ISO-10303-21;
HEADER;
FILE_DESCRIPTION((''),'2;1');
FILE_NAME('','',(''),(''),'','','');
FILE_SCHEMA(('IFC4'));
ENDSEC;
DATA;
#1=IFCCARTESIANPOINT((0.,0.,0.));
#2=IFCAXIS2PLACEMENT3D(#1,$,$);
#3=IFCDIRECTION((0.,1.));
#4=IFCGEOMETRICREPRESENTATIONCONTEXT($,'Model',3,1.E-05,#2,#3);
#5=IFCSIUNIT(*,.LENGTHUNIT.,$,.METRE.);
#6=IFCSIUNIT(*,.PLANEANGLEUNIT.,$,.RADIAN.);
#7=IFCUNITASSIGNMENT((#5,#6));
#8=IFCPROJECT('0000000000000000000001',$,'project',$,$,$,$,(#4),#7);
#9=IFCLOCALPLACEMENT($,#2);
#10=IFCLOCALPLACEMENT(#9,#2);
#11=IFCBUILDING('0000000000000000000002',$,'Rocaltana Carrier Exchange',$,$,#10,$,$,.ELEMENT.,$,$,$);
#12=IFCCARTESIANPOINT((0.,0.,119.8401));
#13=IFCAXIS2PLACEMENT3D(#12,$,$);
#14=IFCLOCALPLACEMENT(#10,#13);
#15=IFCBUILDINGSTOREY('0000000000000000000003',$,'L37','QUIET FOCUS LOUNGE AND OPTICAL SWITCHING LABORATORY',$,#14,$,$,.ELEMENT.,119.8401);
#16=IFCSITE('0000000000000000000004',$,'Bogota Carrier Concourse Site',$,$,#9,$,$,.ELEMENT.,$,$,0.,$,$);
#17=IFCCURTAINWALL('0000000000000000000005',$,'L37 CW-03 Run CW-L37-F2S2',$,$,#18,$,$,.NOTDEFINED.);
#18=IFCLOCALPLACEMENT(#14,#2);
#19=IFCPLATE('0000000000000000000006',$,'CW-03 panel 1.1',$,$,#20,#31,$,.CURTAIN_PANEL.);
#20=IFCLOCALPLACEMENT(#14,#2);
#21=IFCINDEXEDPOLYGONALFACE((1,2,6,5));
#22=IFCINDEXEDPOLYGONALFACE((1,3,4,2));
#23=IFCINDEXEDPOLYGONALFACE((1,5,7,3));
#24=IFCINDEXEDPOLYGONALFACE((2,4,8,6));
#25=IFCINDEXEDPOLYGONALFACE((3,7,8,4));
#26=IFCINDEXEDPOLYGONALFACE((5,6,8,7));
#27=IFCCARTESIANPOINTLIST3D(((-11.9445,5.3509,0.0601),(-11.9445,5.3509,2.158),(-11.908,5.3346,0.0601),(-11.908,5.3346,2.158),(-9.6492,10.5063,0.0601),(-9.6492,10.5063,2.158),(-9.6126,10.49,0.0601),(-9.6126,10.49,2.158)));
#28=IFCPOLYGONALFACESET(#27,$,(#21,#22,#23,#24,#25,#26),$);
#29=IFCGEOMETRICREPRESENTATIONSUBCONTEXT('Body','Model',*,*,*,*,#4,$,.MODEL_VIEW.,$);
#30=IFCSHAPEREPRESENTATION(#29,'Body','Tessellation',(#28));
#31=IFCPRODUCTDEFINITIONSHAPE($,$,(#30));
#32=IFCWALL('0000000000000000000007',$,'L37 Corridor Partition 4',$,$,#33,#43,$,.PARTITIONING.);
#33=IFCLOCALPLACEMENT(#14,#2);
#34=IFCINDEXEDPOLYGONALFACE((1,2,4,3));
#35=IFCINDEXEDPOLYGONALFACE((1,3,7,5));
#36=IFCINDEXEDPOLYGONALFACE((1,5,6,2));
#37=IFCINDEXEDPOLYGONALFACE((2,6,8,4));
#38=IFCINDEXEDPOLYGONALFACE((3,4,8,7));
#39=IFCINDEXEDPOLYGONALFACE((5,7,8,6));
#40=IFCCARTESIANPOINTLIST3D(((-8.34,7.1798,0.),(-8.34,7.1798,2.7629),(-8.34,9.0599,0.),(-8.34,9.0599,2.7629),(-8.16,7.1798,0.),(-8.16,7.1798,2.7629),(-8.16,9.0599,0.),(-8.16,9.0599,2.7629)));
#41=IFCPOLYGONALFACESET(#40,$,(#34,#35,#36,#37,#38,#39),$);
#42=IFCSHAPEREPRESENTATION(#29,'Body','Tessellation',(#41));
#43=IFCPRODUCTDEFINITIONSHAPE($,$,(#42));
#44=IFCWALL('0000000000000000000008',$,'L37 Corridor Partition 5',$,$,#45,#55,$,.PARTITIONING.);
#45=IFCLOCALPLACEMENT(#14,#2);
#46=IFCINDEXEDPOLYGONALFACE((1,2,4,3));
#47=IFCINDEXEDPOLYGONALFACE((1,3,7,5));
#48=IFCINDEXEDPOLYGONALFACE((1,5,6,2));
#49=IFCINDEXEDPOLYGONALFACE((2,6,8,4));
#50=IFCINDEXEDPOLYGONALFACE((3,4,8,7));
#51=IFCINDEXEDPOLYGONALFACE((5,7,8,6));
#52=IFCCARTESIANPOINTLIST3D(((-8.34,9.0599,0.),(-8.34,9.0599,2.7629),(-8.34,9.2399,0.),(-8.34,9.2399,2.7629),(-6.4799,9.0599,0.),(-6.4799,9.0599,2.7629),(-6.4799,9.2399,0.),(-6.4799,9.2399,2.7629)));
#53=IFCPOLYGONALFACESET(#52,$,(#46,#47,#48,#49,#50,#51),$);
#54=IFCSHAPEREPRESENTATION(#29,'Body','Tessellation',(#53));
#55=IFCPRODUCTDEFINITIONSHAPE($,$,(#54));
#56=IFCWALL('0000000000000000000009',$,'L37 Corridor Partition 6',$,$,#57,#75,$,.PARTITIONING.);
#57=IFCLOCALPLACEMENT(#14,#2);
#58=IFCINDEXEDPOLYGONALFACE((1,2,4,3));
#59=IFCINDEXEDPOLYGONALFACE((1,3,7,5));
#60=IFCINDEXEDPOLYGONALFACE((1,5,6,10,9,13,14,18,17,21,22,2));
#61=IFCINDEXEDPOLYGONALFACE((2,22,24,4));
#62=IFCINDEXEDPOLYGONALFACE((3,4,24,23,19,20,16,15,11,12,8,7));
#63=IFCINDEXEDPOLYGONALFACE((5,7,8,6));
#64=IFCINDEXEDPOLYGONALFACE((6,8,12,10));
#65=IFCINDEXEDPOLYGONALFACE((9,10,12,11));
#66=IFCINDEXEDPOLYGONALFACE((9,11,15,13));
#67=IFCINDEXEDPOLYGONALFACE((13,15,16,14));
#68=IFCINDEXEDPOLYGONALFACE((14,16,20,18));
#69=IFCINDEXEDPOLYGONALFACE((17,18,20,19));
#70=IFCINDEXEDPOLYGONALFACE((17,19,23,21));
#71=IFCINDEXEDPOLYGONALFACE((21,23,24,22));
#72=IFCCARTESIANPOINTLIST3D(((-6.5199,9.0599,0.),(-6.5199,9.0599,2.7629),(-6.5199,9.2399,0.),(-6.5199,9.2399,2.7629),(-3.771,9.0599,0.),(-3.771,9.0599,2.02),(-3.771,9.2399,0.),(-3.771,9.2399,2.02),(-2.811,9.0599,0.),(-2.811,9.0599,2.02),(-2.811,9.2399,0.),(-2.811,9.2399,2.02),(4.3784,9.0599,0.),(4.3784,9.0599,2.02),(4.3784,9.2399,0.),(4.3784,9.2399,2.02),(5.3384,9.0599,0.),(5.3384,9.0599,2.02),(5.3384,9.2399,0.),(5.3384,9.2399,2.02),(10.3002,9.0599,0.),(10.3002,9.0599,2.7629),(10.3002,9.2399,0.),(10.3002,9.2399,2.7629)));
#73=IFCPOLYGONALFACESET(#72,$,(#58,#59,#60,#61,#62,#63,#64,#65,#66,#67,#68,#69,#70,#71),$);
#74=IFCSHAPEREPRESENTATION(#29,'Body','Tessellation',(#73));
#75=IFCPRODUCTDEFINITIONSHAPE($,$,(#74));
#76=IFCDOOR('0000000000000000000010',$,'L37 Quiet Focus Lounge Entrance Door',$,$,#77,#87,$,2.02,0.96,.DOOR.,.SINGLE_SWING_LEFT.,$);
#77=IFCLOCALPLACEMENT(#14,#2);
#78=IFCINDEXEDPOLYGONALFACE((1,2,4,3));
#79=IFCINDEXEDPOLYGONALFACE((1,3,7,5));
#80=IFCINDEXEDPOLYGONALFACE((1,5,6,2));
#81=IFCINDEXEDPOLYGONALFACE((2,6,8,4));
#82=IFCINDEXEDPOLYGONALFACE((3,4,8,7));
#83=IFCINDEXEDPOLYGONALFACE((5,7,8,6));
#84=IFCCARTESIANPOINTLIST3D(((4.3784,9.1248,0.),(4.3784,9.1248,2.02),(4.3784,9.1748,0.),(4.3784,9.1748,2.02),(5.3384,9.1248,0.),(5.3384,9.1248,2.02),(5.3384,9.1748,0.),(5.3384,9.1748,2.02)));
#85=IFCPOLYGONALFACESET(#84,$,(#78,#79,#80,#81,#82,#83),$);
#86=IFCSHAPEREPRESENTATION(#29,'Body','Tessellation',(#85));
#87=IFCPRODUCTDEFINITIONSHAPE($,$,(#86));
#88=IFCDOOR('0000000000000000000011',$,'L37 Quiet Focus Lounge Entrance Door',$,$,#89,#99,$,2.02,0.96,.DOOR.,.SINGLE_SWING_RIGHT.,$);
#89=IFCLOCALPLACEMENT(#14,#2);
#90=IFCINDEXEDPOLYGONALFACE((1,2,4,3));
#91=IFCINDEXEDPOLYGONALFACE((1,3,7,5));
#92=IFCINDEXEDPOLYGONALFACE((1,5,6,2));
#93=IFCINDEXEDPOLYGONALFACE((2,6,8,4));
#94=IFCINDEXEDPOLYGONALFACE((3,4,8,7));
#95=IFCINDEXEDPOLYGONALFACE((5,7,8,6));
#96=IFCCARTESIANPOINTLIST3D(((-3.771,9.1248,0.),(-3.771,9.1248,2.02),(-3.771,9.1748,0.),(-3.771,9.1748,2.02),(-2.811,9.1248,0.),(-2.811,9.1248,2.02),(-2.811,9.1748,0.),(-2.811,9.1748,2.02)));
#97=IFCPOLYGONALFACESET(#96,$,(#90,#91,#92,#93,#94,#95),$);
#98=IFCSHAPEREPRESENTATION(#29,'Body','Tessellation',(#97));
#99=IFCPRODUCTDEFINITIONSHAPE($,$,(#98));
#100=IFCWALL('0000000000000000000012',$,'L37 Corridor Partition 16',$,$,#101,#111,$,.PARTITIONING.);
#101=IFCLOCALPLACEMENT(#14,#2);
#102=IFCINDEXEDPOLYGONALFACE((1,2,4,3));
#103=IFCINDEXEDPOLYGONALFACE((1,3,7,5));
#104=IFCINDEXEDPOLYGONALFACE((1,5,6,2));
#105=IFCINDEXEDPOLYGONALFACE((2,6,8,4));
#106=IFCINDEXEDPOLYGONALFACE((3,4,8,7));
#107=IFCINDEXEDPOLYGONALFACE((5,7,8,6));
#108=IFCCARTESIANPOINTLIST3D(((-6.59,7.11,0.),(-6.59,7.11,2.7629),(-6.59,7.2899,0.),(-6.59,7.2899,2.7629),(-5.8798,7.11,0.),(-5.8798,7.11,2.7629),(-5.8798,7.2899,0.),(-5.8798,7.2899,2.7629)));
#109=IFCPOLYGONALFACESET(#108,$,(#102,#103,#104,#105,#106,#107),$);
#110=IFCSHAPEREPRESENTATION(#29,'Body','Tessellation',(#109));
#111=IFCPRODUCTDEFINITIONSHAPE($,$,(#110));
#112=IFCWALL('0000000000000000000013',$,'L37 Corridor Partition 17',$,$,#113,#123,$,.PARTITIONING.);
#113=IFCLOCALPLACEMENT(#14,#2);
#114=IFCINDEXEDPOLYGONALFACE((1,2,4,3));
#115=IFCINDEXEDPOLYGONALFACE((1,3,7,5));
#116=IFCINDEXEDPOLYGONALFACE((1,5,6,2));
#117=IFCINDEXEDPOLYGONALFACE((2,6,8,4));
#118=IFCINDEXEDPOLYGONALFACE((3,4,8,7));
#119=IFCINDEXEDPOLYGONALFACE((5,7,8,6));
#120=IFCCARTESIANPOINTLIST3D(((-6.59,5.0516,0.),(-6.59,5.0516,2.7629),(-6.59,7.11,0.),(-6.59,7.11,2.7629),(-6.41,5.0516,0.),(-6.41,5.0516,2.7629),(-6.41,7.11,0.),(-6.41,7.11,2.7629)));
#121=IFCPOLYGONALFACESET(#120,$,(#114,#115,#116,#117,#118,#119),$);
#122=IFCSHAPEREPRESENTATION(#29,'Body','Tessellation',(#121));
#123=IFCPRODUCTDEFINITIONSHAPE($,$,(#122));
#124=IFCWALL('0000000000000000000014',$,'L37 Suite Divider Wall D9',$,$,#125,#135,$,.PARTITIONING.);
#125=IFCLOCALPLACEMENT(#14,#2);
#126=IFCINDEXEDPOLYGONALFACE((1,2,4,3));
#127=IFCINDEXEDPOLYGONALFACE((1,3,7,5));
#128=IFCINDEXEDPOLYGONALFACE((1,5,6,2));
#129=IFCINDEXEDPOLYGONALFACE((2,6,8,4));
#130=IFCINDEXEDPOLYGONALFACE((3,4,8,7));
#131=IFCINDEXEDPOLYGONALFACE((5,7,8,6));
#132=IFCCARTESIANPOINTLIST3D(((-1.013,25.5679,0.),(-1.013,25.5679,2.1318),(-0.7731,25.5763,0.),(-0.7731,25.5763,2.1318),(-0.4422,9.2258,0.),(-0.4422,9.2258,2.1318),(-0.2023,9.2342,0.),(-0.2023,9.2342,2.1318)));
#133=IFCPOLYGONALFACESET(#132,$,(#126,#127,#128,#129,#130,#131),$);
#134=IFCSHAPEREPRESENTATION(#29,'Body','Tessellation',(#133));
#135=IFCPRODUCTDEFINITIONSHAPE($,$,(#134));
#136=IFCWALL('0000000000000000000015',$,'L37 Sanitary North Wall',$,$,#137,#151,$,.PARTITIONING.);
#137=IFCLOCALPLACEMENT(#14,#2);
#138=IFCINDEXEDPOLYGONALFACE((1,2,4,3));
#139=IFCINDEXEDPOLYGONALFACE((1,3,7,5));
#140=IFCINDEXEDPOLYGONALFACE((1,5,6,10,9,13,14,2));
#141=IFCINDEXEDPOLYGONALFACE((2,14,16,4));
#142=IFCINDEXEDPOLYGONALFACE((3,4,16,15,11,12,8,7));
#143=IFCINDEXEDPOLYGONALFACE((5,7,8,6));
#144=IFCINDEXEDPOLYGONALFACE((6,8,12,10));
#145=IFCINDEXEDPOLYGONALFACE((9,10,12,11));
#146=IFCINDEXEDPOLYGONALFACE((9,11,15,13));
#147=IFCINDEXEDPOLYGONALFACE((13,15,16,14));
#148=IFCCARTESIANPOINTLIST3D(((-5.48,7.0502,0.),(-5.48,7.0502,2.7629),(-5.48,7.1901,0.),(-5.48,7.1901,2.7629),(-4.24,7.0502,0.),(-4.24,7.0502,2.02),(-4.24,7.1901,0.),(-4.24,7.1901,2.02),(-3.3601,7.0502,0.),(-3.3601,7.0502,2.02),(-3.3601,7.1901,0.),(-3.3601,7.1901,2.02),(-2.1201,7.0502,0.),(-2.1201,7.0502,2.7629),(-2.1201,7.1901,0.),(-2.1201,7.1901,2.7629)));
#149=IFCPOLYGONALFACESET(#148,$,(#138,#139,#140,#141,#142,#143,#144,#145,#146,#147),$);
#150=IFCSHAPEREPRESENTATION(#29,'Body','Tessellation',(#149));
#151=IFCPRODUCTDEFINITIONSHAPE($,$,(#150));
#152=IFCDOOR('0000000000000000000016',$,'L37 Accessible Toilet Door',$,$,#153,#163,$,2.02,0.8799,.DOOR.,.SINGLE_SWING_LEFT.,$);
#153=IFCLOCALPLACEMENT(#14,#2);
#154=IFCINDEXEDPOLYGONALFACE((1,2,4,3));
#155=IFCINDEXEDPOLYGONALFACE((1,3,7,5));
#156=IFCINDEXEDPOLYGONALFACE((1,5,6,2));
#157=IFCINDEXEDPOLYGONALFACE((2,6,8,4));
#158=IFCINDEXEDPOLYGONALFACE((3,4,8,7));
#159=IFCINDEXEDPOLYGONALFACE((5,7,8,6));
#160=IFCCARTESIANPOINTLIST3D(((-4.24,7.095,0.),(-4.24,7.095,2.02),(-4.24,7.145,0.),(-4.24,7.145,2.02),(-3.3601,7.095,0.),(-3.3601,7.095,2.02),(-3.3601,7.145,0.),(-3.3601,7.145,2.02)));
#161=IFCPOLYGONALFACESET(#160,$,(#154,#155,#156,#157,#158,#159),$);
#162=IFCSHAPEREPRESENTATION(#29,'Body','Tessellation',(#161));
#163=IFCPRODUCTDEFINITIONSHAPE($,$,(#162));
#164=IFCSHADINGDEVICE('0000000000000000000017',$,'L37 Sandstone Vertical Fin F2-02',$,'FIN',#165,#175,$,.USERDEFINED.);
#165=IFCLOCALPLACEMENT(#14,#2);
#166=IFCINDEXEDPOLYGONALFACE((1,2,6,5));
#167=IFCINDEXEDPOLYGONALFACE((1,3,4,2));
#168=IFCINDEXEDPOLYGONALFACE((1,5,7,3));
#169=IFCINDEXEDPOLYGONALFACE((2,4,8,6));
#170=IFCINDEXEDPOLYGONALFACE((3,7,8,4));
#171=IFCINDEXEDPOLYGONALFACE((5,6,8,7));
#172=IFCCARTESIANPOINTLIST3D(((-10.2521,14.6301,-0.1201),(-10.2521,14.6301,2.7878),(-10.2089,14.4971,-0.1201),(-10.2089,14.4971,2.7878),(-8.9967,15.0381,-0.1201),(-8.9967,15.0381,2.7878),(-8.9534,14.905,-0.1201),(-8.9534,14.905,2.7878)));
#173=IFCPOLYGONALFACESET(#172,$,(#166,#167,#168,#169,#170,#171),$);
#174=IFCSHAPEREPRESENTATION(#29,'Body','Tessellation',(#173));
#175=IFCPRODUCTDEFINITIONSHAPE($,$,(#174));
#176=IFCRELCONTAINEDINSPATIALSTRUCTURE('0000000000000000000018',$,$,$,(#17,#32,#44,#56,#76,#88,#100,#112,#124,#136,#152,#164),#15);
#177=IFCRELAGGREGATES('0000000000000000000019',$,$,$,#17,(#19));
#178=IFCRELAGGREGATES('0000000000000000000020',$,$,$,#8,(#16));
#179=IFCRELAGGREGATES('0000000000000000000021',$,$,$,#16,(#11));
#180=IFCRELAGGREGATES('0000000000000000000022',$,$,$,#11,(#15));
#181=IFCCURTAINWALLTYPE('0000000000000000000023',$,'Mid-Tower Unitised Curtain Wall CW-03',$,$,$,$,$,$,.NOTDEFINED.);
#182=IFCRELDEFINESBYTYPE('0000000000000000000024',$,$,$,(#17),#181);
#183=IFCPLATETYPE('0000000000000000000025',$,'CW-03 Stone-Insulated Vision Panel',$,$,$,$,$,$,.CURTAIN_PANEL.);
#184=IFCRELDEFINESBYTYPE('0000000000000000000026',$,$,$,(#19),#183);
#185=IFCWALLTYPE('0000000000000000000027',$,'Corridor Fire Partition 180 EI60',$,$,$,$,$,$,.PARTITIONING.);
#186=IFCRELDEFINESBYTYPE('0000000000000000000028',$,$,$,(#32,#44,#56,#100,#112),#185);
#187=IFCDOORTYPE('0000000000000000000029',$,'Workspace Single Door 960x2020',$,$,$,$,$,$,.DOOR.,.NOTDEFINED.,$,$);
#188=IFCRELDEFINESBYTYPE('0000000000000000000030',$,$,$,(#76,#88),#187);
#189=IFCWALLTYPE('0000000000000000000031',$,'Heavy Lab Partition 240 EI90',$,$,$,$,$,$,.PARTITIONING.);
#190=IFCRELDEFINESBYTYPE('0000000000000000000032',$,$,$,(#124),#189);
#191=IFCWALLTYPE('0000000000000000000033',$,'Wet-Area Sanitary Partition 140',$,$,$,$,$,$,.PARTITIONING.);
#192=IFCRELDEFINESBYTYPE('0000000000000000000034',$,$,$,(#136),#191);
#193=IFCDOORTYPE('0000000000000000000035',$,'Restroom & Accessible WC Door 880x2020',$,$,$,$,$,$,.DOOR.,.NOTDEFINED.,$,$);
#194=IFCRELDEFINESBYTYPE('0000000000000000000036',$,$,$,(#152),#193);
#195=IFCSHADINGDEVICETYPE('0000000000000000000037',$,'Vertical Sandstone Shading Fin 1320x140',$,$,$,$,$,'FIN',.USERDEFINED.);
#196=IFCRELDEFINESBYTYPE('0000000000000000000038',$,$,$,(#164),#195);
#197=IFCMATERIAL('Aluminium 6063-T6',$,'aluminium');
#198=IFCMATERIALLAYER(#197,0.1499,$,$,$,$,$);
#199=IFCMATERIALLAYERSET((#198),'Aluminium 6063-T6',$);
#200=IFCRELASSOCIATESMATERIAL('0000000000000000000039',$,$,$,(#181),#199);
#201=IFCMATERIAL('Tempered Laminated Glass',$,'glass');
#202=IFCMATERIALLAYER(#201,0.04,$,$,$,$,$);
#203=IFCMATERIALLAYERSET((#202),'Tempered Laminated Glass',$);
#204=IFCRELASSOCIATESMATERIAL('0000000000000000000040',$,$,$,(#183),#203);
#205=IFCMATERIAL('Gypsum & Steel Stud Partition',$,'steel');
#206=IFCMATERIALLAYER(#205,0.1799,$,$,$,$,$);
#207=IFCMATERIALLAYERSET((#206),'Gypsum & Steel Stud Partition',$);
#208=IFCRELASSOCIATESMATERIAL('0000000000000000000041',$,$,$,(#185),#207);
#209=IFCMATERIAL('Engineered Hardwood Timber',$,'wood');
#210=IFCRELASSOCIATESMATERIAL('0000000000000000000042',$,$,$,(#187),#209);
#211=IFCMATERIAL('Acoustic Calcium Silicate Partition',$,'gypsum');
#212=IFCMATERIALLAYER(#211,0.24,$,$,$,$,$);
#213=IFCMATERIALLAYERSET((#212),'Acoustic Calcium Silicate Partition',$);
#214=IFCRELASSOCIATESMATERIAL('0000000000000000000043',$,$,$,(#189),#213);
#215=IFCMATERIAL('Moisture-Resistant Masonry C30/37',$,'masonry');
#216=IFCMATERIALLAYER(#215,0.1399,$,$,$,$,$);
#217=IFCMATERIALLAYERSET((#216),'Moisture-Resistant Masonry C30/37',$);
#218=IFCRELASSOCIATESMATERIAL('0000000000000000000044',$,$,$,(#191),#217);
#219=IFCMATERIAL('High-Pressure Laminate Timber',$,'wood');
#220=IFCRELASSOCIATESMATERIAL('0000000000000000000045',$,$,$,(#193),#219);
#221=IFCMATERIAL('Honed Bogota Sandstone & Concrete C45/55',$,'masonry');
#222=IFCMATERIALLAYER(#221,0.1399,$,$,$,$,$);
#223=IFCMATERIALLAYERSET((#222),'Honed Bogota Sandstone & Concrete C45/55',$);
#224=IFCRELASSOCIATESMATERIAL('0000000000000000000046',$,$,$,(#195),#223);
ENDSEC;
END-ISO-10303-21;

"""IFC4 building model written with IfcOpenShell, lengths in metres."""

from ifc_helpers import new_model, si_unit, direction, frame, frame_2d, origin, origin_2d, place, context, subcontext, project, spatial, rectangle, extrude, material, layer, layer_set, type_object, element, fill, aggregate, save


model = new_model("IFC4")

# Units and contexts
model_context = context("Model", 3, precision=1e-05, world=origin(), true_north=direction((0.0, 1.0)))
body_context = subcontext(model_context, "Body", "Model", "MODEL_VIEW")
ifc_project = project(units=[si_unit("LENGTHUNIT", "METRE"), si_unit("PLANEANGLEUNIT", "RADIAN")], contexts=[model_context])

# Site, building, storey
site_placement = place(None, origin())
site = spatial("IfcSite", under=ifc_project, at=site_placement, Name="Bogota Carrier Concourse Site", CompositionType="ELEMENT", RefElevation=0.0)
building_placement = place(site_placement, origin())
building = spatial("IfcBuilding", under=site, at=building_placement, Name="Rocaltana Carrier Exchange", CompositionType="ELEMENT")
storey_placement = place(building_placement, frame((0.0, 0.0, 119.8401)))
storey = spatial("IfcBuildingStorey", under=building, at=storey_placement, Name="L37", Description="QUIET FOCUS LOUNGE AND OPTICAL SWITCHING LABORATORY", CompositionType="ELEMENT", Elevation=119.8401)

# Shared definitions
ifc_material_1 = material(Name="Aluminium 6063-T6", Category="aluminium")
ifc_layer_1 = layer(ifc_material_1, 0.1499)
ifc_layer_set_1 = layer_set([ifc_layer_1], Name="Aluminium 6063-T6")
curtain_wall_type = type_object("IfcCurtainWallType", Name="Mid-Tower Unitised Curtain Wall CW-03", PredefinedType="NOTDEFINED", material=ifc_layer_set_1)

# Curtain wall
curtain_wall_1_placement = place(storey_placement, origin())
curtain_wall_1 = element("IfcCurtainWall", 1, at=curtain_wall_1_placement, inside=storey, type_object=curtain_wall_type, Name="L37 CW-03 Run CW-L37-F2S2", PredefinedType="NOTDEFINED")

# Plate
ifc_material_2 = material(Name="Tempered Laminated Glass", Category="glass")
ifc_layer_2 = layer(ifc_material_2, 0.04)
ifc_layer_set_2 = layer_set([ifc_layer_2], Name="Tempered Laminated Glass")
plate_type = type_object("IfcPlateType", Name="CW-03 Stone-Insulated Vision Panel", PredefinedType="CURTAIN_PANEL", material=ifc_layer_set_2)
plate_placement = place(storey_placement, frame((-10.7786, 7.9204, 0.0601), z_axis=(0.0, 0.0, 1.0), x_axis=(-0.406744, -0.913542, 0.0)))
plate = element("IfcPlate", 2, at=plate_placement, type_object=plate_type, Name="CW-03 panel 1.1", PredefinedType="CURTAIN_PANEL", context=body_context, shape_type="SweptSolid", body=[
    extrude(rectangle(XDim=5.6433, YDim=0.04, at=origin_2d()), origin(), (0.0, 0.0, 1.0), 2.0979),
])
aggregate(curtain_wall_1, [plate])

# Walls
ifc_material_3 = material(Name="Gypsum & Steel Stud Partition", Category="steel")
ifc_layer_3 = layer(ifc_material_3, 0.1799)
ifc_layer_set_3 = layer_set([ifc_layer_3], Name="Gypsum & Steel Stud Partition")
wall_type_1 = type_object("IfcWallType", Name="Corridor Fire Partition 180 EI60", PredefinedType="PARTITIONING", material=ifc_layer_set_3)
wall_1_placement = place(storey_placement, frame((-8.25, 7.1799, 0.0), z_axis=(0.0, 0.0, 1.0), x_axis=(0.0, 1.0, 0.0)))
element("IfcWall", 3, at=wall_1_placement, inside=storey, type_object=wall_type_1, Name="L37 Corridor Partition 4", PredefinedType="PARTITIONING", context=body_context, shape_type="SweptSolid", body=[
    extrude(rectangle(XDim=1.8801, YDim=0.1799, at=frame_2d((0.9399, 0.0))), origin(), (0.0, 0.0, 1.0), 2.7629),
])
wall_2_placement = place(storey_placement, frame((-8.3401, 9.1499, 0.0), z_axis=(0.0, 0.0, 1.0), x_axis=(1.0, 0.0, 0.0)))
element("IfcWall", 4, at=wall_2_placement, inside=storey, type_object=wall_type_1, Name="L37 Corridor Partition 5", PredefinedType="PARTITIONING", context=body_context, shape_type="SweptSolid", body=[
    extrude(rectangle(XDim=1.8601, YDim=0.1799, at=frame_2d((0.9302, 0.0))), origin(), (0.0, 0.0, 1.0), 2.7629),
])

# Wall, openings, doors
wall_3_placement = place(storey_placement, frame((-6.52, 9.1499, 0.0), z_axis=(0.0, 0.0, 1.0), x_axis=(1.0, 0.0, 0.0)))
wall_3 = element("IfcWall", 5, at=wall_3_placement, inside=storey, type_object=wall_type_1, Name="L37 Corridor Partition 6", PredefinedType="PARTITIONING", context=body_context, shape_type="SweptSolid", body=[
    extrude(rectangle(XDim=16.8201, YDim=0.1799, at=frame_2d((8.4102, 0.0))), origin(), (0.0, 0.0, 1.0), 2.7629),
])
opening_1_placement = place(wall_3_placement, frame((10.8984, 0.0, 0.0)))
opening_1 = element("IfcOpeningElement", 6, at=opening_1_placement, cuts=wall_3, PredefinedType="OPENING", context=body_context, shape_type="SweptSolid", body=[
    extrude(rectangle(XDim=0.96, YDim=2.02, at=frame_2d((0.48, 1.01))), frame((0.0, 0.0999, 0.0), z_axis=(0.0, -1.0, 0.0), x_axis=(1.0, 0.0, 0.0)), (0.0, 0.0, 1.0), 0.2),
])
opening_2_placement = place(wall_3_placement, frame((2.749, 0.0, 0.0)))
opening_2 = element("IfcOpeningElement", 7, at=opening_2_placement, cuts=wall_3, PredefinedType="OPENING", context=body_context, shape_type="SweptSolid", body=[
    extrude(rectangle(XDim=0.96, YDim=2.02, at=frame_2d((0.48, 1.01))), frame((0.0, 0.0999, 0.0), z_axis=(0.0, -1.0, 0.0), x_axis=(1.0, 0.0, 0.0)), (0.0, 0.0, 1.0), 0.2),
])
ifc_material_4 = material(Name="Engineered Hardwood Timber", Category="wood")
door_type_1 = type_object("IfcDoorType", Name="Workspace Single Door 960x2020", OperationType="NOTDEFINED", PredefinedType="DOOR", material=ifc_material_4)
door_1_placement = place(opening_1_placement, origin())
door_1 = element("IfcDoor", 8, at=door_1_placement, inside=storey, type_object=door_type_1, Name="L37 Quiet Focus Lounge Entrance Door", OperationType="SINGLE_SWING_LEFT", OverallHeight=2.02, OverallWidth=0.96, PredefinedType="DOOR", context=body_context, shape_type="SweptSolid", body=[
    extrude(rectangle(XDim=0.96, YDim=2.02, at=frame_2d((0.48, 1.01))), frame((0.0, 0.0249, 0.0), z_axis=(0.0, -1.0, 0.0), x_axis=(1.0, 0.0, 0.0)), (0.0, 0.0, 1.0), 0.05),
])
fill(opening_1, door_1)
door_2_placement = place(opening_2_placement, origin())
door_2 = element("IfcDoor", 9, at=door_2_placement, inside=storey, type_object=door_type_1, Name="L37 Quiet Focus Lounge Entrance Door", OperationType="SINGLE_SWING_RIGHT", OverallHeight=2.02, OverallWidth=0.96, PredefinedType="DOOR", context=body_context, shape_type="SweptSolid", body=[
    extrude(rectangle(XDim=0.96, YDim=2.02, at=frame_2d((0.48, 1.01))), frame((0.0, 0.0249, 0.0), z_axis=(0.0, -1.0, 0.0), x_axis=(1.0, 0.0, 0.0)), (0.0, 0.0, 1.0), 0.05),
])
fill(opening_2, door_2)

# Walls
wall_4_placement = place(storey_placement, frame((-5.8799, 7.2, 0.0), z_axis=(0.0, 0.0, 1.0), x_axis=(-1.0, 0.0, 0.0)))
element("IfcWall", 10, at=wall_4_placement, inside=storey, type_object=wall_type_1, Name="L37 Corridor Partition 16", PredefinedType="PARTITIONING", context=body_context, shape_type="SweptSolid", body=[
    extrude(rectangle(XDim=0.7102, YDim=0.1799, at=frame_2d((0.355, 0.0))), origin(), (0.0, 0.0, 1.0), 2.7629),
])
wall_5_placement = place(storey_placement, frame((-6.5, 7.1101, 0.0), z_axis=(0.0, 0.0, 1.0), x_axis=(0.0, -1.0, 0.0)))
element("IfcWall", 11, at=wall_5_placement, inside=storey, type_object=wall_type_1, Name="L37 Corridor Partition 17", PredefinedType="PARTITIONING", context=body_context, shape_type="SweptSolid", body=[
    extrude(rectangle(XDim=2.0583, YDim=0.1799, at=frame_2d((1.0293, 0.0))), origin(), (0.0, 0.0, 1.0), 2.7629),
])
ifc_material_5 = material(Name="Acoustic Calcium Silicate Partition", Category="gypsum")
ifc_layer_4 = layer(ifc_material_5, 0.24)
ifc_layer_set_4 = layer_set([ifc_layer_4], Name="Acoustic Calcium Silicate Partition")
wall_type_2 = type_object("IfcWallType", Name="Heavy Lab Partition 240 EI90", PredefinedType="PARTITIONING", material=ifc_layer_set_4)
wall_6_placement = place(storey_placement, frame((-0.3223, 9.23, 0.0), z_axis=(0.0, 0.0, 1.0), x_axis=(-0.034907, 0.999391, 0.0)))
element("IfcWall", 12, at=wall_6_placement, inside=storey, type_object=wall_type_2, Name="L37 Suite Divider Wall D9", PredefinedType="PARTITIONING", context=body_context, shape_type="SweptSolid", body=[
    extrude(rectangle(XDim=16.3521, YDim=0.24, at=frame_2d((8.176, 0.0))), origin(), (0.0, 0.0, 1.0), 2.1318),
])

# Wall, opening, door
ifc_material_6 = material(Name="Moisture-Resistant Masonry C30/37", Category="masonry")
ifc_layer_5 = layer(ifc_material_6, 0.1399)
ifc_layer_set_5 = layer_set([ifc_layer_5], Name="Moisture-Resistant Masonry C30/37")
wall_type_3 = type_object("IfcWallType", Name="Wet-Area Sanitary Partition 140", PredefinedType="PARTITIONING", material=ifc_layer_set_5)
wall_7_placement = place(storey_placement, frame((-5.48, 7.1201, 0.0), z_axis=(0.0, 0.0, 1.0), x_axis=(1.0, 0.0, 0.0)))
wall_7 = element("IfcWall", 13, at=wall_7_placement, inside=storey, type_object=wall_type_3, Name="L37 Sanitary North Wall", PredefinedType="PARTITIONING", context=body_context, shape_type="SweptSolid", body=[
    extrude(rectangle(XDim=3.3599, YDim=0.1399, at=frame_2d((1.6799, 0.0))), origin(), (0.0, 0.0, 1.0), 2.7629),
])
opening_3_placement = place(wall_7_placement, frame((1.24, 0.0, 0.0)))
opening_3 = element("IfcOpeningElement", 14, at=opening_3_placement, cuts=wall_7, PredefinedType="OPENING", context=body_context, shape_type="SweptSolid", body=[
    extrude(rectangle(XDim=0.8799, YDim=2.02, at=frame_2d((0.4399, 1.01))), frame((0.0, 0.0798, 0.0), z_axis=(0.0, -1.0, 0.0), x_axis=(1.0, 0.0, 0.0)), (0.0, 0.0, 1.0), 0.1599),
])
ifc_material_7 = material(Name="High-Pressure Laminate Timber", Category="wood")
door_type_2 = type_object("IfcDoorType", Name="Restroom & Accessible WC Door 880x2020", OperationType="NOTDEFINED", PredefinedType="DOOR", material=ifc_material_7)
door_3_placement = place(opening_3_placement, origin())
door_3 = element("IfcDoor", 15, at=door_3_placement, inside=storey, type_object=door_type_2, Name="L37 Accessible Toilet Door", OperationType="SINGLE_SWING_LEFT", OverallHeight=2.02, OverallWidth=0.8799, PredefinedType="DOOR", context=body_context, shape_type="SweptSolid", body=[
    extrude(rectangle(XDim=0.8799, YDim=2.02, at=frame_2d((0.4399, 1.01))), frame((0.0, 0.0249, 0.0), z_axis=(0.0, -1.0, 0.0), x_axis=(1.0, 0.0, 0.0)), (0.0, 0.0, 1.0), 0.05),
])
fill(opening_3, door_3)

# Shading device
ifc_material_8 = material(Name="Honed Bogota Sandstone & Concrete C45/55", Category="masonry")
ifc_layer_6 = layer(ifc_material_8, 0.1399)
ifc_layer_set_6 = layer_set([ifc_layer_6], Name="Honed Bogota Sandstone & Concrete C45/55")
shading_device_type = type_object("IfcShadingDeviceType", Name="Vertical Sandstone Shading Fin 1320x140", ElementType="FIN", PredefinedType="USERDEFINED", material=ifc_layer_set_6)
shading_device_placement = place(storey_placement, frame((-9.6028, 14.7676, -0.1201), z_axis=(0.0, 0.0, 1.0), x_axis=(-0.951057, -0.309017, 0.0)))
element("IfcShadingDevice", 16, at=shading_device_placement, inside=storey, type_object=shading_device_type, Name="L37 Sandstone Vertical Fin F2-02", ObjectType="FIN", PredefinedType="USERDEFINED", context=body_context, shape_type="SweptSolid", body=[
    extrude(rectangle(XDim=1.3201, YDim=0.1399, at=origin_2d()), origin(), (0.0, 0.0, 1.0), 2.908),
])

save(model, "model.ifc")
